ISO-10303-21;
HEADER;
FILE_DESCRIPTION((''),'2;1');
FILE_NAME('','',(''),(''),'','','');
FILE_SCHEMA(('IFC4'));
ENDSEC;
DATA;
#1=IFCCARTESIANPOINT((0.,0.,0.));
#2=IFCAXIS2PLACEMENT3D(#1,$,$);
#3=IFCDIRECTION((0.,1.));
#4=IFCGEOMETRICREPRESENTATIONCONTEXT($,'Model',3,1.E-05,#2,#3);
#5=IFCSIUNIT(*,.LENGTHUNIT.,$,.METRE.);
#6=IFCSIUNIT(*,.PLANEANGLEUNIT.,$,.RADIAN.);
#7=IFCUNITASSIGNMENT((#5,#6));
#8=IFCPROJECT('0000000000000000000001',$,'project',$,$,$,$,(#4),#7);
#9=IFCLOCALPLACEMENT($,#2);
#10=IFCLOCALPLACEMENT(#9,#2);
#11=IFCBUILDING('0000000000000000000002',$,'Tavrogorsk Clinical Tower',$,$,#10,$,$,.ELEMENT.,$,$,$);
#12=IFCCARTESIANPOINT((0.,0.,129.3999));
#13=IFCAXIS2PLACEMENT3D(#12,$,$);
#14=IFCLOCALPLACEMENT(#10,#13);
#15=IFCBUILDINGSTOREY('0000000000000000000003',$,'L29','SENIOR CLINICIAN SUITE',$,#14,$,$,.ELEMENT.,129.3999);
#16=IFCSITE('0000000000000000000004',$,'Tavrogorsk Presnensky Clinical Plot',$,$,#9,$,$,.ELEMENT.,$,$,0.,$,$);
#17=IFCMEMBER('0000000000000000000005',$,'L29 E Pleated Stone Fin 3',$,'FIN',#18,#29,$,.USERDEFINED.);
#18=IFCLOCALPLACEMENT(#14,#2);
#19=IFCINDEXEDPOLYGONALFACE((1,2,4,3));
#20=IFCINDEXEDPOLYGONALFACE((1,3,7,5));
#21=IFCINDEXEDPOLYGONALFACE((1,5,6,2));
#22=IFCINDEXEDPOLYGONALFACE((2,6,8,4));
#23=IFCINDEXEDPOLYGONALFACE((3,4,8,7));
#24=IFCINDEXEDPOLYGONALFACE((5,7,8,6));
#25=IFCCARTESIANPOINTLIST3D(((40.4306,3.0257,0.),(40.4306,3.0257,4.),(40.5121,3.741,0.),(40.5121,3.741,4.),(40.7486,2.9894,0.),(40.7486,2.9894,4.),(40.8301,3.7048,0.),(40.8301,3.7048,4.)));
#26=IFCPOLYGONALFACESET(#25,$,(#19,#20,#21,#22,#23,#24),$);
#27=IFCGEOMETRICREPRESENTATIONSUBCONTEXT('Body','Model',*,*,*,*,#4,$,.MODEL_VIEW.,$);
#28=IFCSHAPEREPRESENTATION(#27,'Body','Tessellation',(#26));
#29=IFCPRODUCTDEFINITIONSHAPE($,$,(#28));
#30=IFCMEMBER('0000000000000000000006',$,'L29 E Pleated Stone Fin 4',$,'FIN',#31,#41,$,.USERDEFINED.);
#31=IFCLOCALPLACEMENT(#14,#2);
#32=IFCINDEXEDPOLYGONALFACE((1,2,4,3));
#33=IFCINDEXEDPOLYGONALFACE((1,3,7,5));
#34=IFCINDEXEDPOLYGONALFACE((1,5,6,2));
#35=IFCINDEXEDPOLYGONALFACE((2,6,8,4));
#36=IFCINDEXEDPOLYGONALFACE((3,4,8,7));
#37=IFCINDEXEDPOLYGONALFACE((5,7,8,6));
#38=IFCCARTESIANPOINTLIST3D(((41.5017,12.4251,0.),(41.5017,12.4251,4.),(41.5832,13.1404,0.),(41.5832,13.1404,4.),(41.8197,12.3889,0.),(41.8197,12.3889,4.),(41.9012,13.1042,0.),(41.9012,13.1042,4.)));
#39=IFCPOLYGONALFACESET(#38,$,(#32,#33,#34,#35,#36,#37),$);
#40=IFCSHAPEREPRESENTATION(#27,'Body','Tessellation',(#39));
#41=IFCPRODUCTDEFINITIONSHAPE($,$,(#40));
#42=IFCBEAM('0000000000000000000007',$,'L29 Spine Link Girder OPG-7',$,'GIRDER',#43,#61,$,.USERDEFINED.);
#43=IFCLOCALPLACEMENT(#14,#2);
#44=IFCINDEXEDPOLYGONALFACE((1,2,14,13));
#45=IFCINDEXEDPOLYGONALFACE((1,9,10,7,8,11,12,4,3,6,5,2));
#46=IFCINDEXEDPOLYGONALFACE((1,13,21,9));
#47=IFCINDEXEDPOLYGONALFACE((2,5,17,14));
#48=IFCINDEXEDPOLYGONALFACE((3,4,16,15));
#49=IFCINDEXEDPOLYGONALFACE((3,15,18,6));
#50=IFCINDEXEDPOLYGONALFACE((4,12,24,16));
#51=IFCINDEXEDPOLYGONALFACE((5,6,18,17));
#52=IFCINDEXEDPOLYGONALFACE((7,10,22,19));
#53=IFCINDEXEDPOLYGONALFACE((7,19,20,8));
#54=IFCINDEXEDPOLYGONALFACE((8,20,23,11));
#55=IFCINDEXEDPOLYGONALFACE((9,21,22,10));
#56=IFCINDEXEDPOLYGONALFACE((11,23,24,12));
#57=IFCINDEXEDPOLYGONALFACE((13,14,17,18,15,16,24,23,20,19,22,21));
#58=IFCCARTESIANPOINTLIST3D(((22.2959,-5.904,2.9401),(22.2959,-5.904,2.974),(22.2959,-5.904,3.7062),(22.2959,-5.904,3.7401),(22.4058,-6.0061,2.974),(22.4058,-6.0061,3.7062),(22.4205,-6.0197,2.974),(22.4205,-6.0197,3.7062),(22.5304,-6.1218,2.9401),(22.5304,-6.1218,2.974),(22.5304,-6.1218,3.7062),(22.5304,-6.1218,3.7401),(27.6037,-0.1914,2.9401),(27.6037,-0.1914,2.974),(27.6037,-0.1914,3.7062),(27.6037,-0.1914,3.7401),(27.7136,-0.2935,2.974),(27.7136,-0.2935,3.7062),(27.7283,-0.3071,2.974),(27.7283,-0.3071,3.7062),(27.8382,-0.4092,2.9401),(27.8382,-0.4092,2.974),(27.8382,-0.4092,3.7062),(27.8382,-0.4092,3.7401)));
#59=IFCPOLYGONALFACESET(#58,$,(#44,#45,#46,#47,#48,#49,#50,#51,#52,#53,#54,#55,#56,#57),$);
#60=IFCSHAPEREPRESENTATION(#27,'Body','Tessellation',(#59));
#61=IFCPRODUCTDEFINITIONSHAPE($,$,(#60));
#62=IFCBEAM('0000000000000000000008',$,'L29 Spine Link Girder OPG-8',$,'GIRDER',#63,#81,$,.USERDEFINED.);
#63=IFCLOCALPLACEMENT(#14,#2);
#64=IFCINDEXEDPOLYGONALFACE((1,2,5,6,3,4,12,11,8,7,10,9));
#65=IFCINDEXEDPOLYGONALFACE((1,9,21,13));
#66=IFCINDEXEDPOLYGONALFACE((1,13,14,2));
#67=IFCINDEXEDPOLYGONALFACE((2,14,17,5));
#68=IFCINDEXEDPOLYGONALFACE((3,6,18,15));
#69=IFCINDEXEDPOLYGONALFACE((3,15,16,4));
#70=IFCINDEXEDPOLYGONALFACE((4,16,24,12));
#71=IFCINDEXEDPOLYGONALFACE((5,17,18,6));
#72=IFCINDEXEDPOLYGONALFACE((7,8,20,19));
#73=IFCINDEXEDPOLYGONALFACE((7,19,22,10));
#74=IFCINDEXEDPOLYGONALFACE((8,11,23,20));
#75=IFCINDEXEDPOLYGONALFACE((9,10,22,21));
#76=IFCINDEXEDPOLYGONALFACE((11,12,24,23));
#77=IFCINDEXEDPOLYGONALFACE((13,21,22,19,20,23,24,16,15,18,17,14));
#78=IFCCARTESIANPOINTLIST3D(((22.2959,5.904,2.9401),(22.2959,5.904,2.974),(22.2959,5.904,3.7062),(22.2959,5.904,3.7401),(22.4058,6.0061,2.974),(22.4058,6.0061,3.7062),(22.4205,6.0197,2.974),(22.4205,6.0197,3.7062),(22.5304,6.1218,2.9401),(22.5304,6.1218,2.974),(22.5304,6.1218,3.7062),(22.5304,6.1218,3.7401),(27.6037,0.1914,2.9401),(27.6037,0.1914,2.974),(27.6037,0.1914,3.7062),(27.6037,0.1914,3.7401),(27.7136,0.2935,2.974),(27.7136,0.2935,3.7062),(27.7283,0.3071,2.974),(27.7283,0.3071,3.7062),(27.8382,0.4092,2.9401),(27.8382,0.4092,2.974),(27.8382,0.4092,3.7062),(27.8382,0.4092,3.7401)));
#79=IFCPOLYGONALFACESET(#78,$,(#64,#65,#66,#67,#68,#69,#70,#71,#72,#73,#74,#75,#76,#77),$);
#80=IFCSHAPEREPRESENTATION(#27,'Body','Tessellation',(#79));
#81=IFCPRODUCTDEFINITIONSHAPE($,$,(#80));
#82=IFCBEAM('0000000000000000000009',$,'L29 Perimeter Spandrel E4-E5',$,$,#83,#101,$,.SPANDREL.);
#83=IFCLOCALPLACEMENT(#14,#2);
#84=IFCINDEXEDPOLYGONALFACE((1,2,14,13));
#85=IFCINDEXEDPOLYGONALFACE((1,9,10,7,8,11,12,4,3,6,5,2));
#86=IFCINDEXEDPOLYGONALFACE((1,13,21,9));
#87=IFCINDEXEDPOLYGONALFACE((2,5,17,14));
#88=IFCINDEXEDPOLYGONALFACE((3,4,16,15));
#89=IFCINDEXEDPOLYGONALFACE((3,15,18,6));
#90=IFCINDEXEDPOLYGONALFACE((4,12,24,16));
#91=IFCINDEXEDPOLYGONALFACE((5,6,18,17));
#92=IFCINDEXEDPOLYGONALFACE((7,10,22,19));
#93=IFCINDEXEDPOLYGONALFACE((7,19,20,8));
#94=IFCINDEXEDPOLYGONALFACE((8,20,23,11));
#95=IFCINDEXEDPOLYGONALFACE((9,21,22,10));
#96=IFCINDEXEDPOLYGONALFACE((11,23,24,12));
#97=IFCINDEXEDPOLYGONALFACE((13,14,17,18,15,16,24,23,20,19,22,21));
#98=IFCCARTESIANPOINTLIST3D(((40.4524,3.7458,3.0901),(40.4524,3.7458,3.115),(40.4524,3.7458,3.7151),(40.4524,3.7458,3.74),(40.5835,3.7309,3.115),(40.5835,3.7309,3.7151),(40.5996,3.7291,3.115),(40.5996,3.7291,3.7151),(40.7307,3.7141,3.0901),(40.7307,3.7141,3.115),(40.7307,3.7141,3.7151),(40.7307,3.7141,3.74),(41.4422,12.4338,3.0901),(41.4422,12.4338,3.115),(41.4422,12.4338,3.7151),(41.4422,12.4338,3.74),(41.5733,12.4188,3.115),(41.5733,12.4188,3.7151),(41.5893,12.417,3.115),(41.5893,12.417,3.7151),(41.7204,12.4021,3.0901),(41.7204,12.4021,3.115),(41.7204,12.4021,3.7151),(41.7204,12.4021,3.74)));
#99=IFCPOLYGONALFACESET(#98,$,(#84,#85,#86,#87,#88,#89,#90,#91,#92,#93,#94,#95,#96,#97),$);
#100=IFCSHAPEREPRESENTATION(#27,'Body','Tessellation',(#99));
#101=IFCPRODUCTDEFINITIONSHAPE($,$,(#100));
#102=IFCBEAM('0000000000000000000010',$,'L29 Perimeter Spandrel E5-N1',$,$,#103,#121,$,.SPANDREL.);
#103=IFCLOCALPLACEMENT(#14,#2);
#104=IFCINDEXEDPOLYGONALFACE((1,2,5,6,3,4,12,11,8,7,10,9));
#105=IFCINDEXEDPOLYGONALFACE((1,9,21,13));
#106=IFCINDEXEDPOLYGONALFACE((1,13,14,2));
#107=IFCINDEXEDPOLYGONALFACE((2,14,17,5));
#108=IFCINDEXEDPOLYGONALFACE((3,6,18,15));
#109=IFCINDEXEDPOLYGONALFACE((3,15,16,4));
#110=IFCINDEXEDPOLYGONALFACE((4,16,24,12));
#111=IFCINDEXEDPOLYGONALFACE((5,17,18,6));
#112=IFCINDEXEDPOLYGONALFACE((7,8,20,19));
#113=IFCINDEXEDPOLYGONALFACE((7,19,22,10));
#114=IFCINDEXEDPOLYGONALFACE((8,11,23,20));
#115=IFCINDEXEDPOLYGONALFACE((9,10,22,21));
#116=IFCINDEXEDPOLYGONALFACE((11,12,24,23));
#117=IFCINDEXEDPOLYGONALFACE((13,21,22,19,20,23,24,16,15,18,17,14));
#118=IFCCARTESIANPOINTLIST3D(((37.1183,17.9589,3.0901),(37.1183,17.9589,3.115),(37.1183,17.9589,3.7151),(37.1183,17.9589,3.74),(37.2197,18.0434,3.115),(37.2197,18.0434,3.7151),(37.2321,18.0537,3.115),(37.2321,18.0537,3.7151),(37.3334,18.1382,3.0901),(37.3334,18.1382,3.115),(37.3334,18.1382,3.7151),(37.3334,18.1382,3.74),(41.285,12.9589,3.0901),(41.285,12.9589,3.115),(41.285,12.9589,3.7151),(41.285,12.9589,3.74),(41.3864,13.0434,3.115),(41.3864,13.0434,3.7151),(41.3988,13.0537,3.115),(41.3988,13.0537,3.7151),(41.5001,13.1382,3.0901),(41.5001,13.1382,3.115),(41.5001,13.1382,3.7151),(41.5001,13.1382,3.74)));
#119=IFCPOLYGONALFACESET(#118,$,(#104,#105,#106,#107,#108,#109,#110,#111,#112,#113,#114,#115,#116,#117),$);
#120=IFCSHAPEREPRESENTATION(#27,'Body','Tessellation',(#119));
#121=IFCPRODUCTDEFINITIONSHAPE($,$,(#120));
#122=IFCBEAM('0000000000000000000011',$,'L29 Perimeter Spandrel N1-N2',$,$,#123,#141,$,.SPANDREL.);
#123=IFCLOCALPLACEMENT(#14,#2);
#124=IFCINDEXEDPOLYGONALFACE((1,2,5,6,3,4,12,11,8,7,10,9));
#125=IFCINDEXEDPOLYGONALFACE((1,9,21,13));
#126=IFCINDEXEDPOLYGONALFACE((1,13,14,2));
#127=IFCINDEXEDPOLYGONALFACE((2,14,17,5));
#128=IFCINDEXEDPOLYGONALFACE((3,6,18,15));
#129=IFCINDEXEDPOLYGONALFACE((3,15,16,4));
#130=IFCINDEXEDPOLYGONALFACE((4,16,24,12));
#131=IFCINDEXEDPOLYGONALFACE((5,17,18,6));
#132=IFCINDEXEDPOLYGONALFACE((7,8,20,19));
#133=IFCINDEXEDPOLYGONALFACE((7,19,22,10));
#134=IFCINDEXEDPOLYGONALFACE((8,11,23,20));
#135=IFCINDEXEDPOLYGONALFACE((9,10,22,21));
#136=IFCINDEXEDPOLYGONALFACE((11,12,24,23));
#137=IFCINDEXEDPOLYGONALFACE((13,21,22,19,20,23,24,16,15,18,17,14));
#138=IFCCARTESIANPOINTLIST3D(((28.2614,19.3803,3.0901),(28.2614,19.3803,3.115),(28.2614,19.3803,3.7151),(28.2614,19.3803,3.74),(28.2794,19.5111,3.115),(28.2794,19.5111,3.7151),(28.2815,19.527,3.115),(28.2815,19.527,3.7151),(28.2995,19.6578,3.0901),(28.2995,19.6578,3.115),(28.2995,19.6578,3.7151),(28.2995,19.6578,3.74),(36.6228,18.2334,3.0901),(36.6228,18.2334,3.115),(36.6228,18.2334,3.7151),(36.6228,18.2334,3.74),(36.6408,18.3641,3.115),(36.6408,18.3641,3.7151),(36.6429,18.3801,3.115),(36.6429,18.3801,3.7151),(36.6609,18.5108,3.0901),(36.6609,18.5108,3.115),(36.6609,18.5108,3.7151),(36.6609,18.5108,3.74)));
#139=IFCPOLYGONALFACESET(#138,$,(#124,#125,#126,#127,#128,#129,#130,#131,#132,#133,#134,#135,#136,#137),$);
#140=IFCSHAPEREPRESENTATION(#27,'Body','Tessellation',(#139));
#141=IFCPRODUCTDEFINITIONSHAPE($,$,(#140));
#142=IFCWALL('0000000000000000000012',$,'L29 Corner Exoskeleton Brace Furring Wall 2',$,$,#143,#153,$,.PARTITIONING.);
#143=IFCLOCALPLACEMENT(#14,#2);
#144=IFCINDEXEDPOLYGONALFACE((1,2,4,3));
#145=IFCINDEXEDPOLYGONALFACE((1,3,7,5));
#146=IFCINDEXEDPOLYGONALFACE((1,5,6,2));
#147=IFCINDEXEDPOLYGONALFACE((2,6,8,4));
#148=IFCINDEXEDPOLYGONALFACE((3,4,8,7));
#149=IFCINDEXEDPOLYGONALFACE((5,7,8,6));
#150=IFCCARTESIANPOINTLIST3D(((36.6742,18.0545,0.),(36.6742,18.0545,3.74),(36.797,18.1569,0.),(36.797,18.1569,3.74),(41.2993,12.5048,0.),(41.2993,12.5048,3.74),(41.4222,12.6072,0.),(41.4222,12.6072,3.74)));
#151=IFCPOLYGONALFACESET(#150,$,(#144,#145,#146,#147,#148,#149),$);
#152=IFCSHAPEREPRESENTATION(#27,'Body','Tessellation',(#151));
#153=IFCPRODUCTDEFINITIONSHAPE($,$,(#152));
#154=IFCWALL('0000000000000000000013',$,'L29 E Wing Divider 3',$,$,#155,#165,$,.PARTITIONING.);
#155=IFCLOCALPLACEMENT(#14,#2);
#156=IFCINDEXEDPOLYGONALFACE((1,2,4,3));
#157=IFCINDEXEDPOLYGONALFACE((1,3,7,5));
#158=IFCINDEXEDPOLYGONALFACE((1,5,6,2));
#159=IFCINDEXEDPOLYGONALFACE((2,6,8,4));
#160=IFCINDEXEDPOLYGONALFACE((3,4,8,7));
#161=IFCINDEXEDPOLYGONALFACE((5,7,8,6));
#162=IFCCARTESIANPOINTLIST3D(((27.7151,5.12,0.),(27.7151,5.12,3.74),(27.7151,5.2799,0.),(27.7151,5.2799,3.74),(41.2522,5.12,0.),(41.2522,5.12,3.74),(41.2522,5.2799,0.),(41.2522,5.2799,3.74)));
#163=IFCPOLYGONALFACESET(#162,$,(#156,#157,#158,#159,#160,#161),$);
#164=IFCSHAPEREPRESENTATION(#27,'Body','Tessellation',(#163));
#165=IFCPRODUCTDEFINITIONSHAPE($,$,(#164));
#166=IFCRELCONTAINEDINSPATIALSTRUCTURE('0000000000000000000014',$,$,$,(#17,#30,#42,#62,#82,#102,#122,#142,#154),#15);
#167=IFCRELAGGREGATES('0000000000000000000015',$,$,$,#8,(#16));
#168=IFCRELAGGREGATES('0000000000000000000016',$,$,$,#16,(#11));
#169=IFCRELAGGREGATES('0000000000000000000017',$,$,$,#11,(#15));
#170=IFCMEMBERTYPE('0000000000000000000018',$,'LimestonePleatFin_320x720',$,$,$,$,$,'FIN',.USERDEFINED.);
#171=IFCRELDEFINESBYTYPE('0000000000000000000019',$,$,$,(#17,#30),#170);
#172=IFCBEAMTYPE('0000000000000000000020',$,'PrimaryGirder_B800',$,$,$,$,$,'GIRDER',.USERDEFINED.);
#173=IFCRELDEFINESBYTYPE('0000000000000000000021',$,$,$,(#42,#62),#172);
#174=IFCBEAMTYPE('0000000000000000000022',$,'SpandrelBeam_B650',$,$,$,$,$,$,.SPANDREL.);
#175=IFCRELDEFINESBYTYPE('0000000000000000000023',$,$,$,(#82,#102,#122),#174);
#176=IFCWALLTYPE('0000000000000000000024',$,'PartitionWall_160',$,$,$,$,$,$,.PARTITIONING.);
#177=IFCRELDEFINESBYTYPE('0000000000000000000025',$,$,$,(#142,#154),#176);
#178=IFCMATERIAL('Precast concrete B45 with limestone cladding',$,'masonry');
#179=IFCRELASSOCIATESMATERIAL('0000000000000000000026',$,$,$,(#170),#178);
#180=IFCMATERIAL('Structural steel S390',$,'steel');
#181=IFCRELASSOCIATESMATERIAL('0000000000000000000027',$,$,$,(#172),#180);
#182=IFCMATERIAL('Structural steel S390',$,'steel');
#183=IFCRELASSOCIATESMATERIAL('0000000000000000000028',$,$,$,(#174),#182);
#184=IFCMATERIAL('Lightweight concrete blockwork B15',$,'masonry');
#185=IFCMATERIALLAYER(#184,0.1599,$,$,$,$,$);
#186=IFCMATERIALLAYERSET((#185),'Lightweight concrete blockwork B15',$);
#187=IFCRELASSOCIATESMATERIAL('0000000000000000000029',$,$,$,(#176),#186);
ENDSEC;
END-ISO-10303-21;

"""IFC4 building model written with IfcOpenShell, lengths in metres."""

from ifc_helpers import new_model, si_unit, direction, frame, frame_2d, origin, origin_2d, place, context, subcontext, project, spatial, rectangle, i_section, extrude, material, layer, layer_set, material_profile, profile_set, type_object, element, save


model = new_model("IFC4")

# Units and contexts
model_context = context("Model", 3, precision=1e-05, world=origin(), true_north=direction((0.0, 1.0)))
body_context = subcontext(model_context, "Body", "Model", "MODEL_VIEW")
ifc_project = project(units=[si_unit("LENGTHUNIT", "METRE"), si_unit("PLANEANGLEUNIT", "RADIAN")], contexts=[model_context])

# Site, building, storey
site_placement = place(None, origin())
site = spatial("IfcSite", under=ifc_project, at=site_placement, Name="Tavrogorsk Presnensky Clinical Plot", CompositionType="ELEMENT", RefElevation=0.0)
building_placement = place(site_placement, origin())
building = spatial("IfcBuilding", under=site, at=building_placement, Name="Tavrogorsk Clinical Tower", CompositionType="ELEMENT")
storey_placement = place(building_placement, frame((0.0, 0.0, 129.3999)))
storey = spatial("IfcBuildingStorey", under=building, at=storey_placement, Name="L29", Description="SENIOR CLINICIAN SUITE", CompositionType="ELEMENT", Elevation=129.3999)

# Members
ifc_material_1 = material(Name="Precast concrete B45 with limestone cladding", Category="masonry")
ifc_material_profile_1 = material_profile(ifc_material_1, rectangle(XDim=0.3201, YDim=0.72, at=origin_2d()), Name="LIMESTONE-FIN-320x720")
ifc_profile_set_1 = profile_set([ifc_material_profile_1], Name="Precast concrete B45 with limestone cladding")
member_type_1 = type_object("IfcMemberType", Name="LimestonePleatFin_320x720", ElementType="FIN", PredefinedType="USERDEFINED", material=ifc_profile_set_1)
for number, where, z_axis, x_axis, name in (
    (1, (40.6304, 3.3652, 0.0), (0.0, 0.0, 1.0), (0.993572, -0.113203, 0.0), "L29 E Pleated Stone Fin 3"),
    (2, (41.7014, 12.7646, 0.0), (0.0, 0.0, 1.0), (0.993572, -0.113203, 0.0), "L29 E Pleated Stone Fin 4"),
):
    element("IfcMember", number, at=place(storey_placement, frame(where, z_axis=z_axis, x_axis=x_axis)), inside=storey, type_object=member_type_1, Name=name, ObjectType="FIN", PredefinedType="USERDEFINED", context=body_context, shape_type="SweptSolid", body=[
        extrude(rectangle(XDim=0.3201, YDim=0.72, at=origin_2d()), origin(), (0.0, 0.0, 1.0), 4.0),
    ])

# Beams
ifc_material_2 = material(Name="Structural steel S390", Category="steel")
ifc_material_profile_2 = material_profile(ifc_material_2, i_section(OverallWidth=0.3201, OverallDepth=0.8, WebThickness=0.02, FlangeThickness=0.0339, at=origin_2d()), Name="B-800x320x20x34")
ifc_profile_set_2 = profile_set([ifc_material_profile_2], Name="Structural steel S390")
beam_type_1 = type_object("IfcBeamType", Name="PrimaryGirder_B800", ElementType="GIRDER", PredefinedType="USERDEFINED", material=ifc_profile_set_2)
for number, where, z_axis, x_axis, name in (
    (3, (27.7209, -0.3003, 3.3401), (-0.680676, -0.732585, 0.0), (0.732585, -0.680676, 0.0), "L29 Spine Link Girder OPG-7"),
    (4, (27.7209, 0.3003, 3.3401), (-0.680676, 0.732585, 0.0), (-0.732585, -0.680676, 0.0), "L29 Spine Link Girder OPG-8"),
):
    element("IfcBeam", number, at=place(storey_placement, frame(where, z_axis=z_axis, x_axis=x_axis)), inside=storey, type_object=beam_type_1, Name=name, ObjectType="GIRDER", PredefinedType="USERDEFINED", context=body_context, shape_type="SweptSolid", body=[
        extrude(i_section(OverallWidth=0.3201, OverallDepth=0.8, WebThickness=0.02, FlangeThickness=0.0339, at=origin_2d()), origin(), (0.0, 0.0, 1.0), 7.7979),
    ])
ifc_material_3 = material(Name="Structural steel S390", Category="steel")
ifc_material_profile_3 = material_profile(ifc_material_3, i_section(OverallWidth=0.28, OverallDepth=0.6499, WebThickness=0.0161, FlangeThickness=0.0249, at=origin_2d()), Name="B-650x280x16x25")
ifc_profile_set_3 = profile_set([ifc_material_profile_3], Name="Structural steel S390")
beam_type_2 = type_object("IfcBeamType", Name="SpandrelBeam_B650", PredefinedType="SPANDREL", material=ifc_profile_set_3)
beam_1_placement = place(storey_placement, frame((40.5916, 3.73, 3.415), z_axis=(0.113189, 0.993573, 0.0), x_axis=(-0.993573, 0.113189, 0.0)))
element("IfcBeam", 5, at=beam_1_placement, inside=storey, type_object=beam_type_2, Name="L29 Perimeter Spandrel E4-E5", PredefinedType="SPANDREL", context=body_context, shape_type="SweptSolid", body=[
    extrude(i_section(OverallWidth=0.28, OverallDepth=0.6499, WebThickness=0.0161, FlangeThickness=0.0249, at=origin_2d()), origin(), (0.0, 0.0, 1.0), 8.7441),
])
beam_2_placement = place(storey_placement, frame((41.3926, 13.0486, 3.415), z_axis=(-0.640192, 0.768215, 0.0), x_axis=(-0.768215, -0.640192, 0.0)))
element("IfcBeam", 6, at=beam_2_placement, inside=storey, type_object=beam_type_2, Name="L29 Perimeter Spandrel E5-N1", PredefinedType="SPANDREL", context=body_context, shape_type="SweptSolid", body=[
    extrude(i_section(OverallWidth=0.28, OverallDepth=0.6499, WebThickness=0.0161, FlangeThickness=0.0249, at=origin_2d()), origin(), (0.0, 0.0, 1.0), 6.5085),
])
beam_3_placement = place(storey_placement, frame((36.6418, 18.3721, 3.415), z_axis=(-0.990722, 0.135903, 0.0), x_axis=(-0.135903, -0.990722, 0.0)))
element("IfcBeam", 7, at=beam_3_placement, inside=storey, type_object=beam_type_2, Name="L29 Perimeter Spandrel N1-N2", PredefinedType="SPANDREL", context=body_context, shape_type="SweptSolid", body=[
    extrude(i_section(OverallWidth=0.28, OverallDepth=0.6499, WebThickness=0.0161, FlangeThickness=0.0249, at=origin_2d()), origin(), (0.0, 0.0, 1.0), 8.4397),
])

# Walls
ifc_material_4 = material(Name="Lightweight concrete blockwork B15", Category="masonry")
ifc_layer_1 = layer(ifc_material_4, 0.1599)
ifc_layer_set_1 = layer_set([ifc_layer_1], Name="Lightweight concrete blockwork B15")
wall_type_1 = type_object("IfcWallType", Name="PartitionWall_160", PredefinedType="PARTITIONING", material=ifc_layer_set_1)
wall_1_placement = place(storey_placement, frame((41.3608, 12.5559, 0.0), z_axis=(0.0, 0.0, 1.0), x_axis=(-0.640218, 0.768194, 0.0)))
element("IfcWall", 8, at=wall_1_placement, inside=storey, type_object=wall_type_1, Name="L29 Corner Exoskeleton Brace Furring Wall 2", PredefinedType="PARTITIONING", context=body_context, shape_type="SweptSolid", body=[
    extrude(rectangle(XDim=7.2244, YDim=0.1599, at=frame_2d((3.6123, 0.0))), origin(), (0.0, 0.0, 1.0), 3.74),
])
wall_2_placement = place(storey_placement, frame((27.7151, 5.2, 0.0), z_axis=(0.0, 0.0, 1.0), x_axis=(1.0, 0.0, 0.0)))
element("IfcWall", 9, at=wall_2_placement, inside=storey, type_object=wall_type_1, Name="L29 E Wing Divider 3", PredefinedType="PARTITIONING", context=body_context, shape_type="SweptSolid", body=[
    extrude(rectangle(XDim=13.5371, YDim=0.1599, at=frame_2d((6.7686, 0.0))), origin(), (0.0, 0.0, 1.0), 3.74),
])

save(model, "model.ifc")
